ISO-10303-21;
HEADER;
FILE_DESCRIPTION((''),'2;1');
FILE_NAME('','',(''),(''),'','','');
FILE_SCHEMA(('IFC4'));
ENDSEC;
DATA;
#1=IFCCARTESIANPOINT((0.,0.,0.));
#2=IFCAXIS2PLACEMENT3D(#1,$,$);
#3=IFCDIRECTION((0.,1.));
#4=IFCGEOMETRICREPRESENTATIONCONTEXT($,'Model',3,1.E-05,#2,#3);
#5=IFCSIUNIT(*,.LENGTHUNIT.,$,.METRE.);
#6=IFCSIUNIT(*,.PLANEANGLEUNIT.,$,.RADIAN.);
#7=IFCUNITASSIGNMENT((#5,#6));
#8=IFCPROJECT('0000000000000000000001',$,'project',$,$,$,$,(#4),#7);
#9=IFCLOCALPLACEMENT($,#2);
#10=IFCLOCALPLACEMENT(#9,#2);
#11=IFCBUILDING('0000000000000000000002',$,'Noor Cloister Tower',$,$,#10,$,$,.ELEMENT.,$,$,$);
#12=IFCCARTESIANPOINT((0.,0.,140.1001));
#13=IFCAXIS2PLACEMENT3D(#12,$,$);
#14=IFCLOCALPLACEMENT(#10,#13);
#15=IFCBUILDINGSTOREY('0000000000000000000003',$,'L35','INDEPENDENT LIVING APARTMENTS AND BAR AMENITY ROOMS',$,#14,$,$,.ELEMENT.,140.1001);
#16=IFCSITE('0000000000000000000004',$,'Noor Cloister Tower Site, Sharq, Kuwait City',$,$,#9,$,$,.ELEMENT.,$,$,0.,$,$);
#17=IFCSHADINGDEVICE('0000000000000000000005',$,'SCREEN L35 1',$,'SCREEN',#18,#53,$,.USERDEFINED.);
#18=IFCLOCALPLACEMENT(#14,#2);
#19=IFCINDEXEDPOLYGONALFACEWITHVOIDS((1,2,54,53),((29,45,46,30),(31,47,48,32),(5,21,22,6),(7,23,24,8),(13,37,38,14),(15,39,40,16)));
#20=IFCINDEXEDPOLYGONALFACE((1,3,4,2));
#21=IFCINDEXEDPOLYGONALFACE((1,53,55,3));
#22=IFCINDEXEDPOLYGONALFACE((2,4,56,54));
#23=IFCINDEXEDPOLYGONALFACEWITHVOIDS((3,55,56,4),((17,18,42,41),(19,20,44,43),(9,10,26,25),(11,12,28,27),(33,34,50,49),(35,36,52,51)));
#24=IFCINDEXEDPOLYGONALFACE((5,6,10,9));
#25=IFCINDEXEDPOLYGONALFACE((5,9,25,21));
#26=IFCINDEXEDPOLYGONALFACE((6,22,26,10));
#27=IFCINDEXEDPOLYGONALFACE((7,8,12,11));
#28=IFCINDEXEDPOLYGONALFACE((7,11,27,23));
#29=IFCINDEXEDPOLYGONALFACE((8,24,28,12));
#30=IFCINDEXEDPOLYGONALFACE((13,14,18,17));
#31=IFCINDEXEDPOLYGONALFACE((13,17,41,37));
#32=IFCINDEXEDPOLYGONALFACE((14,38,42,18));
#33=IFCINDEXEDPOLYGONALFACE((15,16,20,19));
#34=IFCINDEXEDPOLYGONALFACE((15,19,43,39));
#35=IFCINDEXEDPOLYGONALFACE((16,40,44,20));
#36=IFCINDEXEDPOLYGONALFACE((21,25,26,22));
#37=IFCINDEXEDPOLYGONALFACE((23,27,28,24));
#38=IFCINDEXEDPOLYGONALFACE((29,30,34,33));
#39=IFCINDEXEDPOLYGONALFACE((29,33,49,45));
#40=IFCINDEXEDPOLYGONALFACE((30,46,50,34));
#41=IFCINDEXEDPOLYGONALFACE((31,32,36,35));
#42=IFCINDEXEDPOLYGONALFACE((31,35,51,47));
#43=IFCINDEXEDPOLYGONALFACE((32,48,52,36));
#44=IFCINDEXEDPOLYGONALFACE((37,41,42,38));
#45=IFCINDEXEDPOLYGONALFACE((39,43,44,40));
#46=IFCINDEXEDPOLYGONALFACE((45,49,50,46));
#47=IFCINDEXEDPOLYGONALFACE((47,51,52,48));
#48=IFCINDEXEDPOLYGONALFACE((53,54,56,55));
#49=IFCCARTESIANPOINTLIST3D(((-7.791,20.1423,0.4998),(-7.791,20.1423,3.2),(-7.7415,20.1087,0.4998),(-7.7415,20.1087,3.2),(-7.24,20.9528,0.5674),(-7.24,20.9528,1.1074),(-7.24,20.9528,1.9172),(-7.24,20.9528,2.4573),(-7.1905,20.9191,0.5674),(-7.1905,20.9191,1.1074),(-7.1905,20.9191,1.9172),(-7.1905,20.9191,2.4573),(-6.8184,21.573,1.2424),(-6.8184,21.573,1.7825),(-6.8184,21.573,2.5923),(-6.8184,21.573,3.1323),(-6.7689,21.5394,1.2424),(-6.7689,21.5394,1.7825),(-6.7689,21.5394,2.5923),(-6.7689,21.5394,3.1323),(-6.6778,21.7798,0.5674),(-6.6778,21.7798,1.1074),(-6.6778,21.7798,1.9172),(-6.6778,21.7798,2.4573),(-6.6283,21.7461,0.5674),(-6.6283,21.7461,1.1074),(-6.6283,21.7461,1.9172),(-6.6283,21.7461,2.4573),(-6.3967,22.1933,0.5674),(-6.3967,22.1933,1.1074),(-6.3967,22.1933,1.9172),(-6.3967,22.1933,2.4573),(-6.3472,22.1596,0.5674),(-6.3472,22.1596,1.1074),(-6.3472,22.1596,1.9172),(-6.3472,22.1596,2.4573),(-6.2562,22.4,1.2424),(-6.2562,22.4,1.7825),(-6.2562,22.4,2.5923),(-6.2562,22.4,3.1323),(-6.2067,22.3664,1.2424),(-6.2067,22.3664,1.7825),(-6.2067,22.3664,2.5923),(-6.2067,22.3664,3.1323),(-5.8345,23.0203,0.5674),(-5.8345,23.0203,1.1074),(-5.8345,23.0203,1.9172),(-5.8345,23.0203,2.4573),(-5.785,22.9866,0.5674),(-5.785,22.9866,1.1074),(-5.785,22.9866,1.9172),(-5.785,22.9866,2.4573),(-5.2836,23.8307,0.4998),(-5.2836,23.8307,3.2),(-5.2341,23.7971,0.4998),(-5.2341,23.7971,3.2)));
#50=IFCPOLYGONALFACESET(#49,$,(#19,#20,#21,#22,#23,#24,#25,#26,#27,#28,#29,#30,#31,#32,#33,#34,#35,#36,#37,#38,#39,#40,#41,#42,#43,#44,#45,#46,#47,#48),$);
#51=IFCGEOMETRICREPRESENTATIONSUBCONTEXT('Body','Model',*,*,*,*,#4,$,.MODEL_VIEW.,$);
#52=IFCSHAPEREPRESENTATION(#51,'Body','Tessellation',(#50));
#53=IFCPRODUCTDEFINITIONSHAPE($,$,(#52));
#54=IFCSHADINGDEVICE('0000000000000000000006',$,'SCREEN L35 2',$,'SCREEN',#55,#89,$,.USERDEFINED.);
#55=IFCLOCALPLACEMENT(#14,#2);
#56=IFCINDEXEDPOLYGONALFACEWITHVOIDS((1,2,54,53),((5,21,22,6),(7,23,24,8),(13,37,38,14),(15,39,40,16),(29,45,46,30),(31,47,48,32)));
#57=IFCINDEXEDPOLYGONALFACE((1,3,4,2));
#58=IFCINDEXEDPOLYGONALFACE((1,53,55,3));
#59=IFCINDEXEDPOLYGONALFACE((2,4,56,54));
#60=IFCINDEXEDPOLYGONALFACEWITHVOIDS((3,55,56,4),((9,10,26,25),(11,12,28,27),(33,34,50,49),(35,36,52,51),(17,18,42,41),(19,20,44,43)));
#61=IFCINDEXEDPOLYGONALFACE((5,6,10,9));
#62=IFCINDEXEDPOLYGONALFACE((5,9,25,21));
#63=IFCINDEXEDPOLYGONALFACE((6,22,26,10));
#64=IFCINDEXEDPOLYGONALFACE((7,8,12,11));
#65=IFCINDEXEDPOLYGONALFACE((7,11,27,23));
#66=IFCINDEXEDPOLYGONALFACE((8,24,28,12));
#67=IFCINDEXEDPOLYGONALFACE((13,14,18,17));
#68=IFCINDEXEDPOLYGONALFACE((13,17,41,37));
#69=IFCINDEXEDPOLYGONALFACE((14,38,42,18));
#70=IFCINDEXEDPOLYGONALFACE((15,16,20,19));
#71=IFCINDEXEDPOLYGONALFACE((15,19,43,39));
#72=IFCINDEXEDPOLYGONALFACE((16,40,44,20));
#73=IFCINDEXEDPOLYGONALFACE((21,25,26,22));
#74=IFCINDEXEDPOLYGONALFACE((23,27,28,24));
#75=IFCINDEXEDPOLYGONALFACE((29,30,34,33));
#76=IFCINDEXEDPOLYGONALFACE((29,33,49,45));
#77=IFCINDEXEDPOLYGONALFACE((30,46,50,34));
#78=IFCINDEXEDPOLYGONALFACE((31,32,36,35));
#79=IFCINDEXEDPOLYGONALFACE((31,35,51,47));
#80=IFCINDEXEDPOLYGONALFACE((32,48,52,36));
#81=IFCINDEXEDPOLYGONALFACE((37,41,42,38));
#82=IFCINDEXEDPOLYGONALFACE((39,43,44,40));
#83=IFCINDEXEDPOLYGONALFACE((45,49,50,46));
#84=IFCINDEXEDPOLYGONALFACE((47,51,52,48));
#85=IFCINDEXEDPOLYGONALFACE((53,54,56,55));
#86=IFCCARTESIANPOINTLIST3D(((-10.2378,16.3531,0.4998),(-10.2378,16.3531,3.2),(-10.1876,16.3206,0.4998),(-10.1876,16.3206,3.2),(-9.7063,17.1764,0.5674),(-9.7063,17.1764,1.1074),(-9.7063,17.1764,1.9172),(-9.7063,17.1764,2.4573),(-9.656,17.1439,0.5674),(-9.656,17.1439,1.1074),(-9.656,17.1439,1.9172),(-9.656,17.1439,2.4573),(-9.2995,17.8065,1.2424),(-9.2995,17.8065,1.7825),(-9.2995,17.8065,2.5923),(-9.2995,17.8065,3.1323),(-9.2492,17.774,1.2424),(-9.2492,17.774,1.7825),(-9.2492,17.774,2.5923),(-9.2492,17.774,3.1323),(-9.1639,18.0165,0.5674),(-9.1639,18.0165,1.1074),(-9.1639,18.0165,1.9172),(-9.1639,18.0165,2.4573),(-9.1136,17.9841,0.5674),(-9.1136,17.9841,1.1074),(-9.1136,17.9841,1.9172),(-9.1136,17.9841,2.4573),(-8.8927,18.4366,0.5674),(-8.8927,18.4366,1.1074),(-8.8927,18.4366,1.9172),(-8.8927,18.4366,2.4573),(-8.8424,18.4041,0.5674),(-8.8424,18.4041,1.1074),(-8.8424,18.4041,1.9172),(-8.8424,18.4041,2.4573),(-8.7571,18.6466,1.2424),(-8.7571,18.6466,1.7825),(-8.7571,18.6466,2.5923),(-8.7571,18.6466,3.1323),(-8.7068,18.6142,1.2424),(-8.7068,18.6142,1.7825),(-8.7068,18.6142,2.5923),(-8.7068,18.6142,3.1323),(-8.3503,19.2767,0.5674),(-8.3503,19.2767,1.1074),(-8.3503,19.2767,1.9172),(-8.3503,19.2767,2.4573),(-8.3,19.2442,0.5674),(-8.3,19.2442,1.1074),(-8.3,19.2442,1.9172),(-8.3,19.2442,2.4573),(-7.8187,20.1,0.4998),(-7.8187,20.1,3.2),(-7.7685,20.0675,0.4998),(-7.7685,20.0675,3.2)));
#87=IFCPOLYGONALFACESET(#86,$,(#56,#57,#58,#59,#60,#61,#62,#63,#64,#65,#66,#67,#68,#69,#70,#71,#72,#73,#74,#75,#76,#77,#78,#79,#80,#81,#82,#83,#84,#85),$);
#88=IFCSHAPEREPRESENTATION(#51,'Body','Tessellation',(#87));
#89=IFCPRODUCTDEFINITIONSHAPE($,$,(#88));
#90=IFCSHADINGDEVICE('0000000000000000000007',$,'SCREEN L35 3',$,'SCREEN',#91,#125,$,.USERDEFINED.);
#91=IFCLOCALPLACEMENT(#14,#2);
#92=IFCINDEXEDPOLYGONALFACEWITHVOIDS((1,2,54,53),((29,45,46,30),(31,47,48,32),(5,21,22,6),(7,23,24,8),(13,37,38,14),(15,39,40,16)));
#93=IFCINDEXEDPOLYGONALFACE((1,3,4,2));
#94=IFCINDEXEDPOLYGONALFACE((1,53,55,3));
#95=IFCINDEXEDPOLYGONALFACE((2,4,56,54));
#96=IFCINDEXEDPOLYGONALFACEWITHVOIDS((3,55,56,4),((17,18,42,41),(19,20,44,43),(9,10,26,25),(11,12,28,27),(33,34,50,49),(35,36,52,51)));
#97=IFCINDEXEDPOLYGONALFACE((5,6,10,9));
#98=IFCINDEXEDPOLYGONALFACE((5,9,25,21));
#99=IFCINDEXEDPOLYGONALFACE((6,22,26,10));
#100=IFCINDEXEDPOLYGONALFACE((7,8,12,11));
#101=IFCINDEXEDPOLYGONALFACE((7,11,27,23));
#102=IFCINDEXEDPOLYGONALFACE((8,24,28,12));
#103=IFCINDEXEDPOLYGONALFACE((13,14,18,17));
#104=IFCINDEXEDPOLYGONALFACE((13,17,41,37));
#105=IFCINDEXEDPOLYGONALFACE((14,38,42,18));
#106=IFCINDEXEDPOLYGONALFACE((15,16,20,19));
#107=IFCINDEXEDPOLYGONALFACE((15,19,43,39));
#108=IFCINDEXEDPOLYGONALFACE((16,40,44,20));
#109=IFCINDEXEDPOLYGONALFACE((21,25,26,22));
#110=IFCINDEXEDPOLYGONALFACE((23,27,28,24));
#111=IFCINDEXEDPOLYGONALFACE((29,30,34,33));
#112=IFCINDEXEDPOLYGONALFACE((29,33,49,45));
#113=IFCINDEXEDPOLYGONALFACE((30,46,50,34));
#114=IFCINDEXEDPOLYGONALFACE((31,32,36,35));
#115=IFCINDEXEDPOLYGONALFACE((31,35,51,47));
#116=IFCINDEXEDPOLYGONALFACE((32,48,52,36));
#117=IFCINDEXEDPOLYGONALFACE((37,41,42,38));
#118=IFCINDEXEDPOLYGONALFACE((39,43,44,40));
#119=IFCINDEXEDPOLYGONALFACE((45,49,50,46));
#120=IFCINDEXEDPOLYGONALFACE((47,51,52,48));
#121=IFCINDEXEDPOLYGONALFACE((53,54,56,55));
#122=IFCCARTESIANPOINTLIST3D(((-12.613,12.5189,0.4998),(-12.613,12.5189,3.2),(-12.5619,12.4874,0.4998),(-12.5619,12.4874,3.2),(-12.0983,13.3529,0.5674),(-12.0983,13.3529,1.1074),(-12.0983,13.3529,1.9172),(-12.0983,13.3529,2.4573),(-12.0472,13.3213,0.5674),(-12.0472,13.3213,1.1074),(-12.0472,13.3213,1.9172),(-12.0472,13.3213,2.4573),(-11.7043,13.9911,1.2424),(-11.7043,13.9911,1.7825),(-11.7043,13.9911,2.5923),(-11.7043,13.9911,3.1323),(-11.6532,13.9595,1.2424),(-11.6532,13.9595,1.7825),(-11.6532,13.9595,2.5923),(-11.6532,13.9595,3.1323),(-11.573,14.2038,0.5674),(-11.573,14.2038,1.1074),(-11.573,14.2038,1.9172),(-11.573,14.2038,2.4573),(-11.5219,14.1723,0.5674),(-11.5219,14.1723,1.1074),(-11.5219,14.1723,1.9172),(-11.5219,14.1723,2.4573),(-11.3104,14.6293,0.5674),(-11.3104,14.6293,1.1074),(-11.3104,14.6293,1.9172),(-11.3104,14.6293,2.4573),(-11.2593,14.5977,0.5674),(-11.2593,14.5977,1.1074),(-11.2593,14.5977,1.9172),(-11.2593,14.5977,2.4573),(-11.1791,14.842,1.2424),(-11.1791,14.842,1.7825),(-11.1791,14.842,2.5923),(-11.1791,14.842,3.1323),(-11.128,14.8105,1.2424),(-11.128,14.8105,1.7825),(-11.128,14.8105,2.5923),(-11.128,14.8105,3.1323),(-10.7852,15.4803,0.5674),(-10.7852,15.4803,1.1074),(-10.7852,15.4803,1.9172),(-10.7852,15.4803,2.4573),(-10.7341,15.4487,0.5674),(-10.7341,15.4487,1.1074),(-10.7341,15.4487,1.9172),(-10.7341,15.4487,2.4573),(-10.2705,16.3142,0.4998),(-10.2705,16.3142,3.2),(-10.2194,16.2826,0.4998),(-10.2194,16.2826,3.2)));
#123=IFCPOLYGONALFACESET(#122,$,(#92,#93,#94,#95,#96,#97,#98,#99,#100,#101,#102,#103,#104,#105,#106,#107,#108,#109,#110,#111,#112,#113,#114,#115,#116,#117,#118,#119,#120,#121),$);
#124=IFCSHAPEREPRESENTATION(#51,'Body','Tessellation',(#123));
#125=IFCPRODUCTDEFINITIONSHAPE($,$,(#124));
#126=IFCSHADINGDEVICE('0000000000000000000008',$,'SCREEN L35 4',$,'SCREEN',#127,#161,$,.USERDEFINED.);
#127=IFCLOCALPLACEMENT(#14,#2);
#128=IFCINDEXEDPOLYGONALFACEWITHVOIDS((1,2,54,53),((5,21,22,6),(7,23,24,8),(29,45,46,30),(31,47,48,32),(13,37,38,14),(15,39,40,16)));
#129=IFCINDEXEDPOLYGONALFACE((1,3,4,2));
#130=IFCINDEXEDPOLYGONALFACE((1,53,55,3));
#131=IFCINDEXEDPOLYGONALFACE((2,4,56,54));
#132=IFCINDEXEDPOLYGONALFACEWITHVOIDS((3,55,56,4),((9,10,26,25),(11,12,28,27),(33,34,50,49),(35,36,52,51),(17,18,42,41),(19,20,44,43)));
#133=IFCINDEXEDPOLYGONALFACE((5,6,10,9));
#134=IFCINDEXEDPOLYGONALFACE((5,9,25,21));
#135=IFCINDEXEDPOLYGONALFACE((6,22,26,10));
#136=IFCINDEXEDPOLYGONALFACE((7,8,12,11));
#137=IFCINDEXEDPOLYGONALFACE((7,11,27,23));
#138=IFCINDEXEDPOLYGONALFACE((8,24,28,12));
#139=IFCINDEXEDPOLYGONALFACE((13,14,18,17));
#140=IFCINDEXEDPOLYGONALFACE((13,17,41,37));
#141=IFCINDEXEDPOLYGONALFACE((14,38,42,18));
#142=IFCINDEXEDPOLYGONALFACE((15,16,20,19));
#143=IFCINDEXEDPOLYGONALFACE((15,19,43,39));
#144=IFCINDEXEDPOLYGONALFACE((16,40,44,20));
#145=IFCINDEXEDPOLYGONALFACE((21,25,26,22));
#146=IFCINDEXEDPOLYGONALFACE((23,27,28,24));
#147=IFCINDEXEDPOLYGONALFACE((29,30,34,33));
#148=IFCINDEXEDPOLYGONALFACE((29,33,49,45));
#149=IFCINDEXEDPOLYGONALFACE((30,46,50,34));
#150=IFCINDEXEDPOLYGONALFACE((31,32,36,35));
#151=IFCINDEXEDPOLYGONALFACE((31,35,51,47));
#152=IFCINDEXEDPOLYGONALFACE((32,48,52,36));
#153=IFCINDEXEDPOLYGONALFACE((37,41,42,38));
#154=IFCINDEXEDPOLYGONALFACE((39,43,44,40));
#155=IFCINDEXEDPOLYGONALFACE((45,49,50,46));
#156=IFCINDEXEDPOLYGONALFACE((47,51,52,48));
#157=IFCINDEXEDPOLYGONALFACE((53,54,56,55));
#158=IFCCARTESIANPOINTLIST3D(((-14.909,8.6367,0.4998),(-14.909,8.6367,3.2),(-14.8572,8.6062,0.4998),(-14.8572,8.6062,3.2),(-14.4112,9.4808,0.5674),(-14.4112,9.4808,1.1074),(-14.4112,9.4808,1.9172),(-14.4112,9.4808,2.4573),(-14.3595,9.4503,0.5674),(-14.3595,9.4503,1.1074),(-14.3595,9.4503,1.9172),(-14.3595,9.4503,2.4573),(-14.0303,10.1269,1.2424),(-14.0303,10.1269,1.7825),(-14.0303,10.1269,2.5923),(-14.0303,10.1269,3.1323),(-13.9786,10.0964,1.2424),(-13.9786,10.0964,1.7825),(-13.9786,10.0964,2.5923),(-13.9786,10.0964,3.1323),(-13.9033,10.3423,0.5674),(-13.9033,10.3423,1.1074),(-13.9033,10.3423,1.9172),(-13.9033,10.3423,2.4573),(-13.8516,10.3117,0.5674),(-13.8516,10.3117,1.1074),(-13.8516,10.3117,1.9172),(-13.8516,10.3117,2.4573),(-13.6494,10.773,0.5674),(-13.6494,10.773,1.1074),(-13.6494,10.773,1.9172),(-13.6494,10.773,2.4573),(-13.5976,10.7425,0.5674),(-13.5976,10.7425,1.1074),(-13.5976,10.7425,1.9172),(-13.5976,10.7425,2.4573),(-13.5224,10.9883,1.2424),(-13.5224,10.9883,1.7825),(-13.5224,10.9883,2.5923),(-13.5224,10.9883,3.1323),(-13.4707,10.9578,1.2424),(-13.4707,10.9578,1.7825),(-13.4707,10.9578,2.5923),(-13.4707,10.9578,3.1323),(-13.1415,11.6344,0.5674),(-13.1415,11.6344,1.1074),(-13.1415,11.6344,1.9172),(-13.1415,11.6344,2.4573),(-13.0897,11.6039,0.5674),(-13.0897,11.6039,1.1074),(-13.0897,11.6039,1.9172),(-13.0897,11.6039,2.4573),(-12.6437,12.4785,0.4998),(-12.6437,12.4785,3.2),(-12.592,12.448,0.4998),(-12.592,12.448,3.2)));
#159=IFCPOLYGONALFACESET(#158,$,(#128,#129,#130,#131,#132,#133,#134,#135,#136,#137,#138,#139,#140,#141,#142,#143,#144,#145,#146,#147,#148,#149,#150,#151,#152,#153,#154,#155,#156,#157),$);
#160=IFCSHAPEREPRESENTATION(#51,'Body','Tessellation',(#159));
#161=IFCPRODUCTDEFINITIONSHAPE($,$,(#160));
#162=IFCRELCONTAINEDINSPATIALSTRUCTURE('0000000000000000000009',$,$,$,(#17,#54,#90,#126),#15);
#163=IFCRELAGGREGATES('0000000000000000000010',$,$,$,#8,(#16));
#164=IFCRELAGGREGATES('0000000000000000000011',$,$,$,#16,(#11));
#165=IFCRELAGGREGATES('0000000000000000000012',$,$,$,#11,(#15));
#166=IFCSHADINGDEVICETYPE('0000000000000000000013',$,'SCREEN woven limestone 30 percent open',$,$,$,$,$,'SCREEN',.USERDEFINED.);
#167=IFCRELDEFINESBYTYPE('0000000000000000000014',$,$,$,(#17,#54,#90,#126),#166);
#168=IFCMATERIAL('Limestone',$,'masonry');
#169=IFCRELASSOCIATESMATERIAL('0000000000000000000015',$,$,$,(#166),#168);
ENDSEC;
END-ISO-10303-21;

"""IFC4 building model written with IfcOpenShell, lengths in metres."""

from ifc_helpers import new_model, si_unit, direction, frame, origin, place, context, subcontext, project, spatial, polyline, outline, extrude, material, material_profile, profile_set, type_object, element, save


model = new_model("IFC4")

# Units and contexts
model_context = context("Model", 3, precision=1e-05, world=origin(), true_north=direction((0.0, 1.0)))
body_context = subcontext(model_context, "Body", "Model", "MODEL_VIEW")
ifc_project = project(units=[si_unit("LENGTHUNIT", "METRE"), si_unit("PLANEANGLEUNIT", "RADIAN")], contexts=[model_context])

# Site, building, storey
site_placement = place(None, origin())
site = spatial("IfcSite", under=ifc_project, at=site_placement, Name="Noor Cloister Tower Site, Sharq, Kuwait City", CompositionType="ELEMENT", RefElevation=0.0)
building_placement = place(site_placement, origin())
building = spatial("IfcBuilding", under=site, at=building_placement, Name="Noor Cloister Tower", CompositionType="ELEMENT")
storey_placement = place(building_placement, frame((0.0, 0.0, 140.1001)))
storey = spatial("IfcBuildingStorey", under=building, at=storey_placement, Name="L35", Description="INDEPENDENT LIVING APARTMENTS AND BAR AMENITY ROOMS", CompositionType="ELEMENT", Elevation=140.1001)

# Shading devices
ifc_material_1 = material(Name="Limestone", Category="masonry")
ifc_material_profile_1 = material_profile(ifc_material_1, outline(polyline([(-2.23, -1.3501), (2.23, -1.3501), (2.23, 1.3501), (-2.23, 1.3501), (-2.23, -1.3501)]), holes=[polyline([(-1.25, -1.2825), (-0.25, -1.2825), (-0.25, -0.7424), (-1.25, -0.7424), (-1.25, -1.2825)]), polyline([(0.25, -1.2825), (1.25, -1.2825), (1.25, -0.7424), (0.25, -0.7424), (0.25, -1.2825)]), polyline([(-0.5, -0.6074), (0.5, -0.6074), (0.5, -0.0674), (-0.5, -0.0674), (-0.5, -0.6074)]), polyline([(-1.25, 0.0674), (-0.25, 0.0674), (-0.25, 0.6074), (-1.25, 0.6074), (-1.25, 0.0674)]), polyline([(0.25, 0.0674), (1.25, 0.0674), (1.25, 0.6074), (0.25, 0.6074), (0.25, 0.0674)]), polyline([(-0.5, 0.7424), (0.5, 0.7424), (0.5, 1.2825), (-0.5, 1.2825), (-0.5, 0.7424)])]), Name="Woven screen 30 percent open")
ifc_profile_set_1 = profile_set([ifc_material_profile_1], Name="Limestone")
shading_device_type = type_object("IfcShadingDeviceType", Name="SCREEN woven limestone 30 percent open", ElementType="SCREEN", PredefinedType="USERDEFINED", material=ifc_profile_set_1)
for number, where, z_axis, x_axis, name in (
    (1, (-6.4878, 21.9529, 1.8499), (-0.827002, 0.562199, 0.0), (-0.562199, -0.827002, 0.0), "SCREEN L35 1"),
    (2, (-8.978, 18.1941, 1.8499), (-0.840117, 0.542406, 0.0), (-0.542406, -0.840117, 0.0), "SCREEN L35 2"),
):
    element("IfcShadingDevice", number, at=place(storey_placement, frame(where, z_axis=z_axis, x_axis=x_axis)), inside=storey, type_object=shading_device_type, Name=name, ObjectType="SCREEN", PredefinedType="USERDEFINED", context=body_context, shape_type="SweptSolid", body=[
        extrude(outline(polyline([(-2.23, -1.3501), (2.23, -1.3501), (2.23, 1.3501), (-2.23, 1.3501), (-2.23, -1.3501)]), holes=[polyline([(-1.25, -1.2825), (-0.25, -1.2825), (-0.25, -0.7424), (-1.25, -0.7424), (-1.25, -1.2825)]), polyline([(0.25, -1.2825), (1.25, -1.2825), (1.25, -0.7424), (0.25, -0.7424), (0.25, -1.2825)]), polyline([(-0.5, -0.6074), (0.5, -0.6074), (0.5, -0.0674), (-0.5, -0.0674), (-0.5, -0.6074)]), polyline([(-1.25, 0.0674), (-0.25, 0.0674), (-0.25, 0.6074), (-1.25, 0.6074), (-1.25, 0.0674)]), polyline([(0.25, 0.0674), (1.25, 0.0674), (1.25, 0.6074), (0.25, 0.6074), (0.25, 0.0674)]), polyline([(-0.5, 0.7424), (0.5, 0.7424), (0.5, 1.2825), (-0.5, 1.2825), (-0.5, 0.7424)])]), origin(), (0.0, 0.0, 1.0), 0.0598),
    ])
for number, where, z_axis, x_axis, name in (
    (3, (-11.3906, 14.385, 1.8499), (-0.850959, 0.525233, 0.0), (-0.525233, -0.850959, 0.0), "SCREEN L35 3"),
    (4, (-13.7246, 10.5271, 1.8499), (-0.861411, 0.507908, 0.0), (-0.507908, -0.861411, 0.0), "SCREEN L35 4"),
):
    element("IfcShadingDevice", number, at=place(storey_placement, frame(where, z_axis=z_axis, x_axis=x_axis)), inside=storey, type_object=shading_device_type, Name=name, ObjectType="SCREEN", PredefinedType="USERDEFINED", context=body_context, shape_type="SweptSolid", body=[
        extrude(outline(polyline([(-2.23, -1.3501), (2.23, -1.3501), (2.23, 1.3501), (-2.23, 1.3501), (-2.23, -1.3501)]), holes=[polyline([(-1.25, -1.2825), (-0.25, -1.2825), (-0.25, -0.7424), (-1.25, -0.7424), (-1.25, -1.2825)]), polyline([(0.25, -1.2825), (1.25, -1.2825), (1.25, -0.7424), (0.25, -0.7424), (0.25, -1.2825)]), polyline([(-0.5, -0.6074), (0.5, -0.6074), (0.5, -0.0674), (-0.5, -0.0674), (-0.5, -0.6074)]), polyline([(-1.25, 0.0674), (-0.25, 0.0674), (-0.25, 0.6074), (-1.25, 0.6074), (-1.25, 0.0674)]), polyline([(0.25, 0.0674), (1.25, 0.0674), (1.25, 0.6074), (0.25, 0.6074), (0.25, 0.0674)]), polyline([(-0.5, 0.7424), (0.5, 0.7424), (0.5, 1.2825), (-0.5, 1.2825), (-0.5, 0.7424)])]), origin(), (0.0, 0.0, 1.0), 0.0601),
    ])

save(model, "model.ifc")
